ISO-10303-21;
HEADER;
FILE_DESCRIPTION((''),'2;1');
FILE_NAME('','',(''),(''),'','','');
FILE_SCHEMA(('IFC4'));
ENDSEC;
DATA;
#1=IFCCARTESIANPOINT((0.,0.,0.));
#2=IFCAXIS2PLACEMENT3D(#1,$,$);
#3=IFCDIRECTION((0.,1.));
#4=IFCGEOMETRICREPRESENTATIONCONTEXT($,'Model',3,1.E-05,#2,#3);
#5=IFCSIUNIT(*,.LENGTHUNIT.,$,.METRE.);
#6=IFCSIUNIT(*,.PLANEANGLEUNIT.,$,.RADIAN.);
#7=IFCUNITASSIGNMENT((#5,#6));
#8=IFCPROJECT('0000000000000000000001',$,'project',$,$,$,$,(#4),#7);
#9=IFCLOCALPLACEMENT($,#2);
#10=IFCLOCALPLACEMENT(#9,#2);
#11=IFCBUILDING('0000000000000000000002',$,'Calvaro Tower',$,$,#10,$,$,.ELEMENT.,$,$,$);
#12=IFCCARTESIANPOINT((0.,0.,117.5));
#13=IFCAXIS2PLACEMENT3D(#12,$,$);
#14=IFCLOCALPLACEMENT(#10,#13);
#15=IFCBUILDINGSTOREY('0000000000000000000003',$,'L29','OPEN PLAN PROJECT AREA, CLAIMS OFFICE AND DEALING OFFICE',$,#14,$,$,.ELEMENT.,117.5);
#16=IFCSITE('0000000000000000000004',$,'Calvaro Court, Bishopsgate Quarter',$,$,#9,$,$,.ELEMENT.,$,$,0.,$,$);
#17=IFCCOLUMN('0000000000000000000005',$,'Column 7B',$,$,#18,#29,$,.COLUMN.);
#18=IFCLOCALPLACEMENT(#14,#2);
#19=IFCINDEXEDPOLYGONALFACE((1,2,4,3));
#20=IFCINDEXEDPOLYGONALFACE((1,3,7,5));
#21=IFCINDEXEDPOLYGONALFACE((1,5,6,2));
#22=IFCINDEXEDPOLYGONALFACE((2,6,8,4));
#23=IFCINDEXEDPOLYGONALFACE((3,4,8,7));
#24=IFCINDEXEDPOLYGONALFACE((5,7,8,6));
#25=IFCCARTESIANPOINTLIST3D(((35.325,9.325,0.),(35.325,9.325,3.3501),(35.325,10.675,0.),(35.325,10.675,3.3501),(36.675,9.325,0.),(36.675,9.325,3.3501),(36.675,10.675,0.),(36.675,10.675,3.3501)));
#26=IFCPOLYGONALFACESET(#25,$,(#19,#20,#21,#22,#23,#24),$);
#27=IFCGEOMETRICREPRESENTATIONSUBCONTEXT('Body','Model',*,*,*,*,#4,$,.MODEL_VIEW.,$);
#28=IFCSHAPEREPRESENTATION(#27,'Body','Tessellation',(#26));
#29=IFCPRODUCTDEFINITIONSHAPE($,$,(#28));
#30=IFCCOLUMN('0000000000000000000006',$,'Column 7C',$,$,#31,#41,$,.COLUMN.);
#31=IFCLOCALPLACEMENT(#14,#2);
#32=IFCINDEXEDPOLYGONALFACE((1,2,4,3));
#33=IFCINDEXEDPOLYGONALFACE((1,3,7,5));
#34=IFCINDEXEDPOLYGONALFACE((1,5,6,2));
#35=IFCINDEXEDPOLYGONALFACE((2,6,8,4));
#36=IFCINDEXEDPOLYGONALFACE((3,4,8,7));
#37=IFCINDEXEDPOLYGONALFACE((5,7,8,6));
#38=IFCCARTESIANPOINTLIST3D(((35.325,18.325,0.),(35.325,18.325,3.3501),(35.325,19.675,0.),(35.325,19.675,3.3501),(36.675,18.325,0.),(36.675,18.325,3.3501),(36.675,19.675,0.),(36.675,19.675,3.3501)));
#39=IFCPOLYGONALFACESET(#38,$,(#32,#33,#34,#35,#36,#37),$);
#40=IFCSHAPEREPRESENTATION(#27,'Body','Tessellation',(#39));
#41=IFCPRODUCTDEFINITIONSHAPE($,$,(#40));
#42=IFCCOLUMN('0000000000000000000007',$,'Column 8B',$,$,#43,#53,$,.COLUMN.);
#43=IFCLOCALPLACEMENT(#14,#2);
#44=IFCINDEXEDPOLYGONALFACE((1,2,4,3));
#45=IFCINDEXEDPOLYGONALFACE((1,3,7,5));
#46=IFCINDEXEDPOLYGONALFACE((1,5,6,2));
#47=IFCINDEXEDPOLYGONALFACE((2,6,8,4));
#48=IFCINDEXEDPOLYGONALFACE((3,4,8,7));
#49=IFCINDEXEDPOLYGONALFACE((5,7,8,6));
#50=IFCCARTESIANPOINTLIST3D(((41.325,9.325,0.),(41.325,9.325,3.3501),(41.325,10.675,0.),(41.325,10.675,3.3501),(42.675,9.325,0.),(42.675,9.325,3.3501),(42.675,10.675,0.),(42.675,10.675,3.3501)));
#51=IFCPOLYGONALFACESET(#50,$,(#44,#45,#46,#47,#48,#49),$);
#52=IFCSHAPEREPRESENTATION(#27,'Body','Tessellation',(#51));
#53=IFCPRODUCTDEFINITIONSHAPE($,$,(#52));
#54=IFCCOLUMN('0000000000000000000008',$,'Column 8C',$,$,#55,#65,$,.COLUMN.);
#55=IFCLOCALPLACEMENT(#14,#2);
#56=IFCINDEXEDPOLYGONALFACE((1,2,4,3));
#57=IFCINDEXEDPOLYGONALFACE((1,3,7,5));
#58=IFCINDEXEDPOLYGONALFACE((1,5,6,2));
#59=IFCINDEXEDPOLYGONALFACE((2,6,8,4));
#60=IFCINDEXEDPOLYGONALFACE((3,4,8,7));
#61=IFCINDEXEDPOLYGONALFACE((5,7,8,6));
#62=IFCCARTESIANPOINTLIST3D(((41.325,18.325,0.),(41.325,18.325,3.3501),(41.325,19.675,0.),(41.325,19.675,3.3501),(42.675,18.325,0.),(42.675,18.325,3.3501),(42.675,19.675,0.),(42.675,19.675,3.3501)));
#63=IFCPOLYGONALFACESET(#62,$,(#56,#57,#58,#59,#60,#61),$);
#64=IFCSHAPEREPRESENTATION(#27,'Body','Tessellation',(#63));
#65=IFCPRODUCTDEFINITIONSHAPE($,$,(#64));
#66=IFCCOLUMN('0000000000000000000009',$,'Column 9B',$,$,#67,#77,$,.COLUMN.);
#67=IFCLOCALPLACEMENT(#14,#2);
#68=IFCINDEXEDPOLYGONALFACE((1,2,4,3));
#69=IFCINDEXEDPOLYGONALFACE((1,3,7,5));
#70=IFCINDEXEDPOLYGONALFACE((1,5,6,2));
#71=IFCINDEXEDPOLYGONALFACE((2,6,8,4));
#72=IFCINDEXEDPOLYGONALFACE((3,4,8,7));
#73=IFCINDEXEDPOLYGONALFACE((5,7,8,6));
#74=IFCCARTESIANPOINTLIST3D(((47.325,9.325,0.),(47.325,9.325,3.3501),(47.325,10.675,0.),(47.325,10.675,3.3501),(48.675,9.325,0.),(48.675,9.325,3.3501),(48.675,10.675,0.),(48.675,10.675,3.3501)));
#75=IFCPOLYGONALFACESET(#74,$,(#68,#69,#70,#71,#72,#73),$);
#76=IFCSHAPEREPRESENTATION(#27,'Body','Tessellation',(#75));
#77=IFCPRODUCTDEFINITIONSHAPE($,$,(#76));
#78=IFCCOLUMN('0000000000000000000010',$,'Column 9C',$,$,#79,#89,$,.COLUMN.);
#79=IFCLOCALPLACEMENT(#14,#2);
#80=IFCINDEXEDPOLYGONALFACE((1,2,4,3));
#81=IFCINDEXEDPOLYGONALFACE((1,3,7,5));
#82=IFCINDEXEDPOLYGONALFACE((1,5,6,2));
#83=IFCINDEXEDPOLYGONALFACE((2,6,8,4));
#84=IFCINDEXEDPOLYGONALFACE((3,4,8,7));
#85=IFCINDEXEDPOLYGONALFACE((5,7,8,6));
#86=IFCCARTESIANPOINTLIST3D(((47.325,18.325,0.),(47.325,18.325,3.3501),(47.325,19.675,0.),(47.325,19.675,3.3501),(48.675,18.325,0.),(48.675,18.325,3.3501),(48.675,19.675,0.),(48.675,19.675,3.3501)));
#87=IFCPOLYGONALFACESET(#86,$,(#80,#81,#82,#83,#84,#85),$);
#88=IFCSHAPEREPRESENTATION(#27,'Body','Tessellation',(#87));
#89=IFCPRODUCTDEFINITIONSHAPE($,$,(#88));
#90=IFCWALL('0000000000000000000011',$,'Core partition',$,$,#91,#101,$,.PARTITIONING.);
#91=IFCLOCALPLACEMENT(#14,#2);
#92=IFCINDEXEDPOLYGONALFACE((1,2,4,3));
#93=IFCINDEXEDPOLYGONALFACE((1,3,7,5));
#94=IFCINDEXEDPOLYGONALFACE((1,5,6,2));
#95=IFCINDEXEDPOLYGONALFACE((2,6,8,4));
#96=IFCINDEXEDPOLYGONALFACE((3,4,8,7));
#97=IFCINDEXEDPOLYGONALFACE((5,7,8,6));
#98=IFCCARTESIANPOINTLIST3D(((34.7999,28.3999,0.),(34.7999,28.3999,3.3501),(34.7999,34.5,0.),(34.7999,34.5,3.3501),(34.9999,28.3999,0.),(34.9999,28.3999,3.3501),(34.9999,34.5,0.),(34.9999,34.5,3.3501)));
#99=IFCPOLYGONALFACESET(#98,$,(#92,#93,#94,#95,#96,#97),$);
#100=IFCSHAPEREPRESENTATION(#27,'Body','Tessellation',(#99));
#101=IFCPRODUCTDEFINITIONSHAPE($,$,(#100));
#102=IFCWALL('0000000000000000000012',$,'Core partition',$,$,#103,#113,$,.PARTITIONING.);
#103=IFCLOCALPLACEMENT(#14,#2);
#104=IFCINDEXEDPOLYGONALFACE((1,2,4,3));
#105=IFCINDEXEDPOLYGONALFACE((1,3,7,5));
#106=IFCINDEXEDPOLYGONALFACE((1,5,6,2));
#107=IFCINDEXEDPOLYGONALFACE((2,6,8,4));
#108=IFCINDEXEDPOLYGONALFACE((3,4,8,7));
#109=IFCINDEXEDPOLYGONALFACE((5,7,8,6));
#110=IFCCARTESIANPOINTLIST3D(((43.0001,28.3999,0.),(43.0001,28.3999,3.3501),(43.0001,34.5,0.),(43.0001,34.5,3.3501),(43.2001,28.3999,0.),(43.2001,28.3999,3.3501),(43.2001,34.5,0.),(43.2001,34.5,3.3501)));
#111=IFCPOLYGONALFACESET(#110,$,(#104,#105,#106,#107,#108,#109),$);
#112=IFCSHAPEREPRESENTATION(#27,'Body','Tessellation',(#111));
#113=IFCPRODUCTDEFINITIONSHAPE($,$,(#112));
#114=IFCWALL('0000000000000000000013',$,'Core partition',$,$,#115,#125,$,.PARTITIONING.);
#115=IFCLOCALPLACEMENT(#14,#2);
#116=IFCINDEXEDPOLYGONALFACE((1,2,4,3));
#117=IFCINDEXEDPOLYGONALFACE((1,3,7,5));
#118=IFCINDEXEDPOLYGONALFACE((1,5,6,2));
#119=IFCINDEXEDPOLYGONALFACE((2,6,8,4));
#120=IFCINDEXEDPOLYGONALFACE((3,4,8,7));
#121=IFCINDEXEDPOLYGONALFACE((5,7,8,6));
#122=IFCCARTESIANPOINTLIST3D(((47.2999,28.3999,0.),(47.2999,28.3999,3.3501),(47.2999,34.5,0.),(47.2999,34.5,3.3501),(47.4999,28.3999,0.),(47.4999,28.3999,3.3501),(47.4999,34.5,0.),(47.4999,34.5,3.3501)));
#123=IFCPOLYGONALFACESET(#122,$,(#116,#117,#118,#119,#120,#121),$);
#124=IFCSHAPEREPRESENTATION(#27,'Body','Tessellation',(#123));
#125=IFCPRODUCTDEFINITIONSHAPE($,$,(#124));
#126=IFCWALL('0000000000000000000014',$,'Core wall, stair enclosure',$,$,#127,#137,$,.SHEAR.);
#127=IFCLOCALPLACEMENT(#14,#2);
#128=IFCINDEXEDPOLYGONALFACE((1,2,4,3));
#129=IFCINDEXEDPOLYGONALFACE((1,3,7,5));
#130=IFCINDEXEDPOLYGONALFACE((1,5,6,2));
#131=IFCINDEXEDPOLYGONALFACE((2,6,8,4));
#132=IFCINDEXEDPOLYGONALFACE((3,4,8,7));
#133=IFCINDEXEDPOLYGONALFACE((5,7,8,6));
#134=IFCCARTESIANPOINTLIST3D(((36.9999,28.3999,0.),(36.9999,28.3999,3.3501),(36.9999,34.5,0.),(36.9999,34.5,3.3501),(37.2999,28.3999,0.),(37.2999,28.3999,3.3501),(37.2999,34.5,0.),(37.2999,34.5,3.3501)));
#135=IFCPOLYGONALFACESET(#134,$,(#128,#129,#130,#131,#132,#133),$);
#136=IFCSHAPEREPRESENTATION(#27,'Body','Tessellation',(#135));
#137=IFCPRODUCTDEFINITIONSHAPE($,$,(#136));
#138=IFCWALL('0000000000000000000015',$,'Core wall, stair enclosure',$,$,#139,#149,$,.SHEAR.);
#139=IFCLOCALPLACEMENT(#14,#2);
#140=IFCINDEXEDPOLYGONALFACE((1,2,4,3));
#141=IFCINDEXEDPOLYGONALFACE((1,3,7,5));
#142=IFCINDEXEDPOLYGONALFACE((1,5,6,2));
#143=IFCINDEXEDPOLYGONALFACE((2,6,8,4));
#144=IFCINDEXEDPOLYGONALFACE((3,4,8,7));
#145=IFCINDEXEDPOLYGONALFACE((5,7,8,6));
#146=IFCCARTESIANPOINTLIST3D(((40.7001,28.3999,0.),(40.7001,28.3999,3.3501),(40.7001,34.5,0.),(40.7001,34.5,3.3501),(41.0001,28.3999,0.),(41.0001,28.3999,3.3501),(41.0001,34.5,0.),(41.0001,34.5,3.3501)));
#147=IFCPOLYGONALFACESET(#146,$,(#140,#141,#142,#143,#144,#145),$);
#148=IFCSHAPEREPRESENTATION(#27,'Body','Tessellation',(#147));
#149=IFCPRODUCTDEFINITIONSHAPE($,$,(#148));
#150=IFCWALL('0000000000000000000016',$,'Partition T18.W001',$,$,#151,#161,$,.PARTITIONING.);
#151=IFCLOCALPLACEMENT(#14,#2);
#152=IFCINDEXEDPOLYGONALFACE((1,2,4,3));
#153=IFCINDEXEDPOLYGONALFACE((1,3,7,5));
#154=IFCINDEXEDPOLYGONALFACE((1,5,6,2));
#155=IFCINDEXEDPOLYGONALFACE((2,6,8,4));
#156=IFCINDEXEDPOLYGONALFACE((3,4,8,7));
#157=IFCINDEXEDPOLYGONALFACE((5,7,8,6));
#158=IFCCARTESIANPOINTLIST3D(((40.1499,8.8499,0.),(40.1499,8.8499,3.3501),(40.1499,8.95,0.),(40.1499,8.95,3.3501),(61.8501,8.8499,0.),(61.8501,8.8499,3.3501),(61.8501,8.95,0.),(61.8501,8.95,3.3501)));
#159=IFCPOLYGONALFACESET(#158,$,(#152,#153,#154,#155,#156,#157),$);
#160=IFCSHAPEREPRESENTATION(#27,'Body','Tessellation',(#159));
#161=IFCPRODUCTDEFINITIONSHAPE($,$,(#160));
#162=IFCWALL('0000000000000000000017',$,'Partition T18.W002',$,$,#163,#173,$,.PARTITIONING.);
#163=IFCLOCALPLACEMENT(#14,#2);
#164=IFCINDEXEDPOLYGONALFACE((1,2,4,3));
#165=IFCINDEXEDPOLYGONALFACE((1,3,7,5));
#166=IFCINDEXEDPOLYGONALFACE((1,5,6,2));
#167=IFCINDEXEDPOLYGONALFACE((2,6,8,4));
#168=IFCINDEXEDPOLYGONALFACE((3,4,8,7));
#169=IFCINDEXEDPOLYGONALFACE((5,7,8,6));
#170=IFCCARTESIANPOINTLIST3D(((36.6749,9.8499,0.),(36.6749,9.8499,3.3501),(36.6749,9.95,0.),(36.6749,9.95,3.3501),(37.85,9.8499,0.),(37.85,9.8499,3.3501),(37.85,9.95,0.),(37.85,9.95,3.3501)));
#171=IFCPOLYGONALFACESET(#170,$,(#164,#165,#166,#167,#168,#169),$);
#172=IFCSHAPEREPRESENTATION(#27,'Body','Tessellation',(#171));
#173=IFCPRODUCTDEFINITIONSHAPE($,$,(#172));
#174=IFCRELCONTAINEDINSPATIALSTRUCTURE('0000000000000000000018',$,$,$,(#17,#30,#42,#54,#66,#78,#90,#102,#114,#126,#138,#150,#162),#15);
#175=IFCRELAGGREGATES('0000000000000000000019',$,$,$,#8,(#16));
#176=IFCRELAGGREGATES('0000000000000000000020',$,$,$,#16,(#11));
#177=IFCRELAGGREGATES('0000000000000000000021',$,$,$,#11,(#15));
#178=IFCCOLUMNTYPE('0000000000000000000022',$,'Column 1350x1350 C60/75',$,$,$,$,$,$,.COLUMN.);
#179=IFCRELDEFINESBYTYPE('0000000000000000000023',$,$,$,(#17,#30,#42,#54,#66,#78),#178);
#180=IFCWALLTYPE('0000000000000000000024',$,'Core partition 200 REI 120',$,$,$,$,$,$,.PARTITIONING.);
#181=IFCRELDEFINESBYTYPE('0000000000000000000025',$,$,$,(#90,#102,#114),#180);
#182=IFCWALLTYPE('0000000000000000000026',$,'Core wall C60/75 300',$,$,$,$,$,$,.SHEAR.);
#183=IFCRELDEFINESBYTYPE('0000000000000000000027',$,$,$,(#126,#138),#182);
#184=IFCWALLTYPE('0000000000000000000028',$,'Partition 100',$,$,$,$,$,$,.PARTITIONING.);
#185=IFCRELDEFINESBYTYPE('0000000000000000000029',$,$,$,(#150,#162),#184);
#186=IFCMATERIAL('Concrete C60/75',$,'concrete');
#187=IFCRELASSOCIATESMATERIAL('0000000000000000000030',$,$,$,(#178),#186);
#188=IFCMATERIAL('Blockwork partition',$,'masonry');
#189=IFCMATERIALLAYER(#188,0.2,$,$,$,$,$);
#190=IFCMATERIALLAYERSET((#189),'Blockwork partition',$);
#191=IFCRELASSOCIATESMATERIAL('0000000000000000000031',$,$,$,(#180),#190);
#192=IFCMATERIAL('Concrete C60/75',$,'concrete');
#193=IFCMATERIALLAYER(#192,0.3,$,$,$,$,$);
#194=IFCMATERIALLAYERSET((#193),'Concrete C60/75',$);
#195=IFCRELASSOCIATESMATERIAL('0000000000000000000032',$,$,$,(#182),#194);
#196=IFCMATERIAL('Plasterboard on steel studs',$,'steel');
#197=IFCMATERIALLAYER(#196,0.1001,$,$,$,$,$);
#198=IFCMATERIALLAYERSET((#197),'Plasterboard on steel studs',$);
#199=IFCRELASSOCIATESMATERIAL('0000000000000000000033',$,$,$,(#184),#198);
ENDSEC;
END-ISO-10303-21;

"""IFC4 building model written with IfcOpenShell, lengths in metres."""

from ifc_helpers import new_model, si_unit, direction, frame, frame_2d, origin, origin_2d, place, context, subcontext, project, spatial, rectangle, extrude, material, layer, layer_set, material_profile, profile_set, type_object, element, save


model = new_model("IFC4")

# Units and contexts
model_context = context("Model", 3, precision=1e-05, world=origin(), true_north=direction((0.0, 1.0)))
body_context = subcontext(model_context, "Body", "Model", "MODEL_VIEW")
ifc_project = project(units=[si_unit("LENGTHUNIT", "METRE"), si_unit("PLANEANGLEUNIT", "RADIAN")], contexts=[model_context])

# Site, building, storey
site_placement = place(None, origin())
site = spatial("IfcSite", under=ifc_project, at=site_placement, Name="Calvaro Court, Bishopsgate Quarter", CompositionType="ELEMENT", RefElevation=0.0)
building_placement = place(site_placement, origin())
building = spatial("IfcBuilding", under=site, at=building_placement, Name="Calvaro Tower", CompositionType="ELEMENT")
storey_placement = place(building_placement, frame((0.0, 0.0, 117.5)))
storey = spatial("IfcBuildingStorey", under=building, at=storey_placement, Name="L29", Description="OPEN PLAN PROJECT AREA, CLAIMS OFFICE AND DEALING OFFICE", CompositionType="ELEMENT", Elevation=117.5)

# Columns
ifc_material_1 = material(Name="Concrete C60/75", Category="concrete")
ifc_material_profile = material_profile(ifc_material_1, rectangle(XDim=1.3501, YDim=1.3501, at=origin_2d()), Name="RC 1350x1350")
ifc_profile_set = profile_set([ifc_material_profile], Name="Concrete C60/75")
column_type = type_object("IfcColumnType", Name="Column 1350x1350 C60/75", PredefinedType="COLUMN", material=ifc_profile_set)
for number, where, z_axis, x_axis, name in (
    (1, (36.0, 10.0, 0.0), (0.0, 0.0, 1.0), (1.0, 0.0, 0.0), "Column 7B"),
    (2, (36.0, 19.0, 0.0), (0.0, 0.0, 1.0), (1.0, 0.0, 0.0), "Column 7C"),
    (3, (42.0, 10.0, 0.0), (0.0, 0.0, 1.0), (1.0, 0.0, 0.0), "Column 8B"),
    (4, (42.0, 19.0, 0.0), (0.0, 0.0, 1.0), (1.0, 0.0, 0.0), "Column 8C"),
    (5, (48.0, 10.0, 0.0), (0.0, 0.0, 1.0), (1.0, 0.0, 0.0), "Column 9B"),
    (6, (48.0, 19.0, 0.0), (0.0, 0.0, 1.0), (1.0, 0.0, 0.0), "Column 9C"),
):
    element("IfcColumn", number, at=place(storey_placement, frame(where, z_axis=z_axis, x_axis=x_axis)), inside=storey, type_object=column_type, Name=name, PredefinedType="COLUMN", context=body_context, shape_type="SweptSolid", body=[
        extrude(rectangle(XDim=1.3501, YDim=1.3501, at=origin_2d()), origin(), (0.0, 0.0, 1.0), 3.3501),
    ])

# Walls
ifc_material_2 = material(Name="Blockwork partition", Category="masonry")
ifc_layer_1 = layer(ifc_material_2, 0.2)
ifc_layer_set_1 = layer_set([ifc_layer_1], Name="Blockwork partition")
wall_type_1 = type_object("IfcWallType", Name="Core partition 200 REI 120", PredefinedType="PARTITIONING", material=ifc_layer_set_1)
for number, where, z_axis, x_axis, name in (
    (7, (34.8999, 28.3999, 0.0), (0.0, 0.0, 1.0), (0.0, 1.0, 0.0), "Core partition"),
    (8, (43.1001, 28.3999, 0.0), (0.0, 0.0, 1.0), (0.0, 1.0, 0.0), "Core partition"),
    (9, (47.3999, 28.3999, 0.0), (0.0, 0.0, 1.0), (0.0, 1.0, 0.0), "Core partition"),
):
    element("IfcWall", number, at=place(storey_placement, frame(where, z_axis=z_axis, x_axis=x_axis)), inside=storey, type_object=wall_type_1, Name=name, PredefinedType="PARTITIONING", context=body_context, shape_type="SweptSolid", body=[
        extrude(rectangle(XDim=6.1001, YDim=0.2, at=frame_2d((3.05, 0.0))), origin(), (0.0, 0.0, 1.0), 3.3501),
    ])
ifc_material_3 = material(Name="Concrete C60/75", Category="concrete")
ifc_layer_2 = layer(ifc_material_3, 0.3)
ifc_layer_set_2 = layer_set([ifc_layer_2], Name="Concrete C60/75")
wall_type_2 = type_object("IfcWallType", Name="Core wall C60/75 300", PredefinedType="SHEAR", material=ifc_layer_set_2)
for number, where, z_axis, x_axis, name in (
    (10, (37.1499, 28.3999, 0.0), (0.0, 0.0, 1.0), (0.0, 1.0, 0.0), "Core wall, stair enclosure"),
    (11, (40.8501, 28.3999, 0.0), (0.0, 0.0, 1.0), (0.0, 1.0, 0.0), "Core wall, stair enclosure"),
):
    element("IfcWall", number, at=place(storey_placement, frame(where, z_axis=z_axis, x_axis=x_axis)), inside=storey, type_object=wall_type_2, Name=name, PredefinedType="SHEAR", context=body_context, shape_type="SweptSolid", body=[
        extrude(rectangle(XDim=6.1001, YDim=0.3, at=frame_2d((3.05, 0.0))), origin(), (0.0, 0.0, 1.0), 3.3501),
    ])
ifc_material_4 = material(Name="Plasterboard on steel studs", Category="steel")
ifc_layer_3 = layer(ifc_material_4, 0.1001)
ifc_layer_set_3 = layer_set([ifc_layer_3], Name="Plasterboard on steel studs")
wall_type_3 = type_object("IfcWallType", Name="Partition 100", PredefinedType="PARTITIONING", material=ifc_layer_set_3)
wall_1_placement = place(storey_placement, frame((40.1499, 8.8999, 0.0), z_axis=(0.0, 0.0, 1.0), x_axis=(1.0, 0.0, 0.0)))
element("IfcWall", 12, at=wall_1_placement, inside=storey, type_object=wall_type_3, Name="Partition T18.W001", PredefinedType="PARTITIONING", context=body_context, shape_type="SweptSolid", body=[
    extrude(rectangle(XDim=21.7002, YDim=0.1001, at=frame_2d((10.8501, 0.0))), origin(), (0.0, 0.0, 1.0), 3.3501),
])
wall_2_placement = place(storey_placement, frame((36.675, 9.8999, 0.0), z_axis=(0.0, 0.0, 1.0), x_axis=(1.0, 0.0, 0.0)))
element("IfcWall", 13, at=wall_2_placement, inside=storey, type_object=wall_type_3, Name="Partition T18.W002", PredefinedType="PARTITIONING", context=body_context, shape_type="SweptSolid", body=[
    extrude(rectangle(XDim=1.175, YDim=0.1001, at=frame_2d((0.5874, 0.0))), origin(), (0.0, 0.0, 1.0), 3.3501),
])

save(model, "model.ifc")
